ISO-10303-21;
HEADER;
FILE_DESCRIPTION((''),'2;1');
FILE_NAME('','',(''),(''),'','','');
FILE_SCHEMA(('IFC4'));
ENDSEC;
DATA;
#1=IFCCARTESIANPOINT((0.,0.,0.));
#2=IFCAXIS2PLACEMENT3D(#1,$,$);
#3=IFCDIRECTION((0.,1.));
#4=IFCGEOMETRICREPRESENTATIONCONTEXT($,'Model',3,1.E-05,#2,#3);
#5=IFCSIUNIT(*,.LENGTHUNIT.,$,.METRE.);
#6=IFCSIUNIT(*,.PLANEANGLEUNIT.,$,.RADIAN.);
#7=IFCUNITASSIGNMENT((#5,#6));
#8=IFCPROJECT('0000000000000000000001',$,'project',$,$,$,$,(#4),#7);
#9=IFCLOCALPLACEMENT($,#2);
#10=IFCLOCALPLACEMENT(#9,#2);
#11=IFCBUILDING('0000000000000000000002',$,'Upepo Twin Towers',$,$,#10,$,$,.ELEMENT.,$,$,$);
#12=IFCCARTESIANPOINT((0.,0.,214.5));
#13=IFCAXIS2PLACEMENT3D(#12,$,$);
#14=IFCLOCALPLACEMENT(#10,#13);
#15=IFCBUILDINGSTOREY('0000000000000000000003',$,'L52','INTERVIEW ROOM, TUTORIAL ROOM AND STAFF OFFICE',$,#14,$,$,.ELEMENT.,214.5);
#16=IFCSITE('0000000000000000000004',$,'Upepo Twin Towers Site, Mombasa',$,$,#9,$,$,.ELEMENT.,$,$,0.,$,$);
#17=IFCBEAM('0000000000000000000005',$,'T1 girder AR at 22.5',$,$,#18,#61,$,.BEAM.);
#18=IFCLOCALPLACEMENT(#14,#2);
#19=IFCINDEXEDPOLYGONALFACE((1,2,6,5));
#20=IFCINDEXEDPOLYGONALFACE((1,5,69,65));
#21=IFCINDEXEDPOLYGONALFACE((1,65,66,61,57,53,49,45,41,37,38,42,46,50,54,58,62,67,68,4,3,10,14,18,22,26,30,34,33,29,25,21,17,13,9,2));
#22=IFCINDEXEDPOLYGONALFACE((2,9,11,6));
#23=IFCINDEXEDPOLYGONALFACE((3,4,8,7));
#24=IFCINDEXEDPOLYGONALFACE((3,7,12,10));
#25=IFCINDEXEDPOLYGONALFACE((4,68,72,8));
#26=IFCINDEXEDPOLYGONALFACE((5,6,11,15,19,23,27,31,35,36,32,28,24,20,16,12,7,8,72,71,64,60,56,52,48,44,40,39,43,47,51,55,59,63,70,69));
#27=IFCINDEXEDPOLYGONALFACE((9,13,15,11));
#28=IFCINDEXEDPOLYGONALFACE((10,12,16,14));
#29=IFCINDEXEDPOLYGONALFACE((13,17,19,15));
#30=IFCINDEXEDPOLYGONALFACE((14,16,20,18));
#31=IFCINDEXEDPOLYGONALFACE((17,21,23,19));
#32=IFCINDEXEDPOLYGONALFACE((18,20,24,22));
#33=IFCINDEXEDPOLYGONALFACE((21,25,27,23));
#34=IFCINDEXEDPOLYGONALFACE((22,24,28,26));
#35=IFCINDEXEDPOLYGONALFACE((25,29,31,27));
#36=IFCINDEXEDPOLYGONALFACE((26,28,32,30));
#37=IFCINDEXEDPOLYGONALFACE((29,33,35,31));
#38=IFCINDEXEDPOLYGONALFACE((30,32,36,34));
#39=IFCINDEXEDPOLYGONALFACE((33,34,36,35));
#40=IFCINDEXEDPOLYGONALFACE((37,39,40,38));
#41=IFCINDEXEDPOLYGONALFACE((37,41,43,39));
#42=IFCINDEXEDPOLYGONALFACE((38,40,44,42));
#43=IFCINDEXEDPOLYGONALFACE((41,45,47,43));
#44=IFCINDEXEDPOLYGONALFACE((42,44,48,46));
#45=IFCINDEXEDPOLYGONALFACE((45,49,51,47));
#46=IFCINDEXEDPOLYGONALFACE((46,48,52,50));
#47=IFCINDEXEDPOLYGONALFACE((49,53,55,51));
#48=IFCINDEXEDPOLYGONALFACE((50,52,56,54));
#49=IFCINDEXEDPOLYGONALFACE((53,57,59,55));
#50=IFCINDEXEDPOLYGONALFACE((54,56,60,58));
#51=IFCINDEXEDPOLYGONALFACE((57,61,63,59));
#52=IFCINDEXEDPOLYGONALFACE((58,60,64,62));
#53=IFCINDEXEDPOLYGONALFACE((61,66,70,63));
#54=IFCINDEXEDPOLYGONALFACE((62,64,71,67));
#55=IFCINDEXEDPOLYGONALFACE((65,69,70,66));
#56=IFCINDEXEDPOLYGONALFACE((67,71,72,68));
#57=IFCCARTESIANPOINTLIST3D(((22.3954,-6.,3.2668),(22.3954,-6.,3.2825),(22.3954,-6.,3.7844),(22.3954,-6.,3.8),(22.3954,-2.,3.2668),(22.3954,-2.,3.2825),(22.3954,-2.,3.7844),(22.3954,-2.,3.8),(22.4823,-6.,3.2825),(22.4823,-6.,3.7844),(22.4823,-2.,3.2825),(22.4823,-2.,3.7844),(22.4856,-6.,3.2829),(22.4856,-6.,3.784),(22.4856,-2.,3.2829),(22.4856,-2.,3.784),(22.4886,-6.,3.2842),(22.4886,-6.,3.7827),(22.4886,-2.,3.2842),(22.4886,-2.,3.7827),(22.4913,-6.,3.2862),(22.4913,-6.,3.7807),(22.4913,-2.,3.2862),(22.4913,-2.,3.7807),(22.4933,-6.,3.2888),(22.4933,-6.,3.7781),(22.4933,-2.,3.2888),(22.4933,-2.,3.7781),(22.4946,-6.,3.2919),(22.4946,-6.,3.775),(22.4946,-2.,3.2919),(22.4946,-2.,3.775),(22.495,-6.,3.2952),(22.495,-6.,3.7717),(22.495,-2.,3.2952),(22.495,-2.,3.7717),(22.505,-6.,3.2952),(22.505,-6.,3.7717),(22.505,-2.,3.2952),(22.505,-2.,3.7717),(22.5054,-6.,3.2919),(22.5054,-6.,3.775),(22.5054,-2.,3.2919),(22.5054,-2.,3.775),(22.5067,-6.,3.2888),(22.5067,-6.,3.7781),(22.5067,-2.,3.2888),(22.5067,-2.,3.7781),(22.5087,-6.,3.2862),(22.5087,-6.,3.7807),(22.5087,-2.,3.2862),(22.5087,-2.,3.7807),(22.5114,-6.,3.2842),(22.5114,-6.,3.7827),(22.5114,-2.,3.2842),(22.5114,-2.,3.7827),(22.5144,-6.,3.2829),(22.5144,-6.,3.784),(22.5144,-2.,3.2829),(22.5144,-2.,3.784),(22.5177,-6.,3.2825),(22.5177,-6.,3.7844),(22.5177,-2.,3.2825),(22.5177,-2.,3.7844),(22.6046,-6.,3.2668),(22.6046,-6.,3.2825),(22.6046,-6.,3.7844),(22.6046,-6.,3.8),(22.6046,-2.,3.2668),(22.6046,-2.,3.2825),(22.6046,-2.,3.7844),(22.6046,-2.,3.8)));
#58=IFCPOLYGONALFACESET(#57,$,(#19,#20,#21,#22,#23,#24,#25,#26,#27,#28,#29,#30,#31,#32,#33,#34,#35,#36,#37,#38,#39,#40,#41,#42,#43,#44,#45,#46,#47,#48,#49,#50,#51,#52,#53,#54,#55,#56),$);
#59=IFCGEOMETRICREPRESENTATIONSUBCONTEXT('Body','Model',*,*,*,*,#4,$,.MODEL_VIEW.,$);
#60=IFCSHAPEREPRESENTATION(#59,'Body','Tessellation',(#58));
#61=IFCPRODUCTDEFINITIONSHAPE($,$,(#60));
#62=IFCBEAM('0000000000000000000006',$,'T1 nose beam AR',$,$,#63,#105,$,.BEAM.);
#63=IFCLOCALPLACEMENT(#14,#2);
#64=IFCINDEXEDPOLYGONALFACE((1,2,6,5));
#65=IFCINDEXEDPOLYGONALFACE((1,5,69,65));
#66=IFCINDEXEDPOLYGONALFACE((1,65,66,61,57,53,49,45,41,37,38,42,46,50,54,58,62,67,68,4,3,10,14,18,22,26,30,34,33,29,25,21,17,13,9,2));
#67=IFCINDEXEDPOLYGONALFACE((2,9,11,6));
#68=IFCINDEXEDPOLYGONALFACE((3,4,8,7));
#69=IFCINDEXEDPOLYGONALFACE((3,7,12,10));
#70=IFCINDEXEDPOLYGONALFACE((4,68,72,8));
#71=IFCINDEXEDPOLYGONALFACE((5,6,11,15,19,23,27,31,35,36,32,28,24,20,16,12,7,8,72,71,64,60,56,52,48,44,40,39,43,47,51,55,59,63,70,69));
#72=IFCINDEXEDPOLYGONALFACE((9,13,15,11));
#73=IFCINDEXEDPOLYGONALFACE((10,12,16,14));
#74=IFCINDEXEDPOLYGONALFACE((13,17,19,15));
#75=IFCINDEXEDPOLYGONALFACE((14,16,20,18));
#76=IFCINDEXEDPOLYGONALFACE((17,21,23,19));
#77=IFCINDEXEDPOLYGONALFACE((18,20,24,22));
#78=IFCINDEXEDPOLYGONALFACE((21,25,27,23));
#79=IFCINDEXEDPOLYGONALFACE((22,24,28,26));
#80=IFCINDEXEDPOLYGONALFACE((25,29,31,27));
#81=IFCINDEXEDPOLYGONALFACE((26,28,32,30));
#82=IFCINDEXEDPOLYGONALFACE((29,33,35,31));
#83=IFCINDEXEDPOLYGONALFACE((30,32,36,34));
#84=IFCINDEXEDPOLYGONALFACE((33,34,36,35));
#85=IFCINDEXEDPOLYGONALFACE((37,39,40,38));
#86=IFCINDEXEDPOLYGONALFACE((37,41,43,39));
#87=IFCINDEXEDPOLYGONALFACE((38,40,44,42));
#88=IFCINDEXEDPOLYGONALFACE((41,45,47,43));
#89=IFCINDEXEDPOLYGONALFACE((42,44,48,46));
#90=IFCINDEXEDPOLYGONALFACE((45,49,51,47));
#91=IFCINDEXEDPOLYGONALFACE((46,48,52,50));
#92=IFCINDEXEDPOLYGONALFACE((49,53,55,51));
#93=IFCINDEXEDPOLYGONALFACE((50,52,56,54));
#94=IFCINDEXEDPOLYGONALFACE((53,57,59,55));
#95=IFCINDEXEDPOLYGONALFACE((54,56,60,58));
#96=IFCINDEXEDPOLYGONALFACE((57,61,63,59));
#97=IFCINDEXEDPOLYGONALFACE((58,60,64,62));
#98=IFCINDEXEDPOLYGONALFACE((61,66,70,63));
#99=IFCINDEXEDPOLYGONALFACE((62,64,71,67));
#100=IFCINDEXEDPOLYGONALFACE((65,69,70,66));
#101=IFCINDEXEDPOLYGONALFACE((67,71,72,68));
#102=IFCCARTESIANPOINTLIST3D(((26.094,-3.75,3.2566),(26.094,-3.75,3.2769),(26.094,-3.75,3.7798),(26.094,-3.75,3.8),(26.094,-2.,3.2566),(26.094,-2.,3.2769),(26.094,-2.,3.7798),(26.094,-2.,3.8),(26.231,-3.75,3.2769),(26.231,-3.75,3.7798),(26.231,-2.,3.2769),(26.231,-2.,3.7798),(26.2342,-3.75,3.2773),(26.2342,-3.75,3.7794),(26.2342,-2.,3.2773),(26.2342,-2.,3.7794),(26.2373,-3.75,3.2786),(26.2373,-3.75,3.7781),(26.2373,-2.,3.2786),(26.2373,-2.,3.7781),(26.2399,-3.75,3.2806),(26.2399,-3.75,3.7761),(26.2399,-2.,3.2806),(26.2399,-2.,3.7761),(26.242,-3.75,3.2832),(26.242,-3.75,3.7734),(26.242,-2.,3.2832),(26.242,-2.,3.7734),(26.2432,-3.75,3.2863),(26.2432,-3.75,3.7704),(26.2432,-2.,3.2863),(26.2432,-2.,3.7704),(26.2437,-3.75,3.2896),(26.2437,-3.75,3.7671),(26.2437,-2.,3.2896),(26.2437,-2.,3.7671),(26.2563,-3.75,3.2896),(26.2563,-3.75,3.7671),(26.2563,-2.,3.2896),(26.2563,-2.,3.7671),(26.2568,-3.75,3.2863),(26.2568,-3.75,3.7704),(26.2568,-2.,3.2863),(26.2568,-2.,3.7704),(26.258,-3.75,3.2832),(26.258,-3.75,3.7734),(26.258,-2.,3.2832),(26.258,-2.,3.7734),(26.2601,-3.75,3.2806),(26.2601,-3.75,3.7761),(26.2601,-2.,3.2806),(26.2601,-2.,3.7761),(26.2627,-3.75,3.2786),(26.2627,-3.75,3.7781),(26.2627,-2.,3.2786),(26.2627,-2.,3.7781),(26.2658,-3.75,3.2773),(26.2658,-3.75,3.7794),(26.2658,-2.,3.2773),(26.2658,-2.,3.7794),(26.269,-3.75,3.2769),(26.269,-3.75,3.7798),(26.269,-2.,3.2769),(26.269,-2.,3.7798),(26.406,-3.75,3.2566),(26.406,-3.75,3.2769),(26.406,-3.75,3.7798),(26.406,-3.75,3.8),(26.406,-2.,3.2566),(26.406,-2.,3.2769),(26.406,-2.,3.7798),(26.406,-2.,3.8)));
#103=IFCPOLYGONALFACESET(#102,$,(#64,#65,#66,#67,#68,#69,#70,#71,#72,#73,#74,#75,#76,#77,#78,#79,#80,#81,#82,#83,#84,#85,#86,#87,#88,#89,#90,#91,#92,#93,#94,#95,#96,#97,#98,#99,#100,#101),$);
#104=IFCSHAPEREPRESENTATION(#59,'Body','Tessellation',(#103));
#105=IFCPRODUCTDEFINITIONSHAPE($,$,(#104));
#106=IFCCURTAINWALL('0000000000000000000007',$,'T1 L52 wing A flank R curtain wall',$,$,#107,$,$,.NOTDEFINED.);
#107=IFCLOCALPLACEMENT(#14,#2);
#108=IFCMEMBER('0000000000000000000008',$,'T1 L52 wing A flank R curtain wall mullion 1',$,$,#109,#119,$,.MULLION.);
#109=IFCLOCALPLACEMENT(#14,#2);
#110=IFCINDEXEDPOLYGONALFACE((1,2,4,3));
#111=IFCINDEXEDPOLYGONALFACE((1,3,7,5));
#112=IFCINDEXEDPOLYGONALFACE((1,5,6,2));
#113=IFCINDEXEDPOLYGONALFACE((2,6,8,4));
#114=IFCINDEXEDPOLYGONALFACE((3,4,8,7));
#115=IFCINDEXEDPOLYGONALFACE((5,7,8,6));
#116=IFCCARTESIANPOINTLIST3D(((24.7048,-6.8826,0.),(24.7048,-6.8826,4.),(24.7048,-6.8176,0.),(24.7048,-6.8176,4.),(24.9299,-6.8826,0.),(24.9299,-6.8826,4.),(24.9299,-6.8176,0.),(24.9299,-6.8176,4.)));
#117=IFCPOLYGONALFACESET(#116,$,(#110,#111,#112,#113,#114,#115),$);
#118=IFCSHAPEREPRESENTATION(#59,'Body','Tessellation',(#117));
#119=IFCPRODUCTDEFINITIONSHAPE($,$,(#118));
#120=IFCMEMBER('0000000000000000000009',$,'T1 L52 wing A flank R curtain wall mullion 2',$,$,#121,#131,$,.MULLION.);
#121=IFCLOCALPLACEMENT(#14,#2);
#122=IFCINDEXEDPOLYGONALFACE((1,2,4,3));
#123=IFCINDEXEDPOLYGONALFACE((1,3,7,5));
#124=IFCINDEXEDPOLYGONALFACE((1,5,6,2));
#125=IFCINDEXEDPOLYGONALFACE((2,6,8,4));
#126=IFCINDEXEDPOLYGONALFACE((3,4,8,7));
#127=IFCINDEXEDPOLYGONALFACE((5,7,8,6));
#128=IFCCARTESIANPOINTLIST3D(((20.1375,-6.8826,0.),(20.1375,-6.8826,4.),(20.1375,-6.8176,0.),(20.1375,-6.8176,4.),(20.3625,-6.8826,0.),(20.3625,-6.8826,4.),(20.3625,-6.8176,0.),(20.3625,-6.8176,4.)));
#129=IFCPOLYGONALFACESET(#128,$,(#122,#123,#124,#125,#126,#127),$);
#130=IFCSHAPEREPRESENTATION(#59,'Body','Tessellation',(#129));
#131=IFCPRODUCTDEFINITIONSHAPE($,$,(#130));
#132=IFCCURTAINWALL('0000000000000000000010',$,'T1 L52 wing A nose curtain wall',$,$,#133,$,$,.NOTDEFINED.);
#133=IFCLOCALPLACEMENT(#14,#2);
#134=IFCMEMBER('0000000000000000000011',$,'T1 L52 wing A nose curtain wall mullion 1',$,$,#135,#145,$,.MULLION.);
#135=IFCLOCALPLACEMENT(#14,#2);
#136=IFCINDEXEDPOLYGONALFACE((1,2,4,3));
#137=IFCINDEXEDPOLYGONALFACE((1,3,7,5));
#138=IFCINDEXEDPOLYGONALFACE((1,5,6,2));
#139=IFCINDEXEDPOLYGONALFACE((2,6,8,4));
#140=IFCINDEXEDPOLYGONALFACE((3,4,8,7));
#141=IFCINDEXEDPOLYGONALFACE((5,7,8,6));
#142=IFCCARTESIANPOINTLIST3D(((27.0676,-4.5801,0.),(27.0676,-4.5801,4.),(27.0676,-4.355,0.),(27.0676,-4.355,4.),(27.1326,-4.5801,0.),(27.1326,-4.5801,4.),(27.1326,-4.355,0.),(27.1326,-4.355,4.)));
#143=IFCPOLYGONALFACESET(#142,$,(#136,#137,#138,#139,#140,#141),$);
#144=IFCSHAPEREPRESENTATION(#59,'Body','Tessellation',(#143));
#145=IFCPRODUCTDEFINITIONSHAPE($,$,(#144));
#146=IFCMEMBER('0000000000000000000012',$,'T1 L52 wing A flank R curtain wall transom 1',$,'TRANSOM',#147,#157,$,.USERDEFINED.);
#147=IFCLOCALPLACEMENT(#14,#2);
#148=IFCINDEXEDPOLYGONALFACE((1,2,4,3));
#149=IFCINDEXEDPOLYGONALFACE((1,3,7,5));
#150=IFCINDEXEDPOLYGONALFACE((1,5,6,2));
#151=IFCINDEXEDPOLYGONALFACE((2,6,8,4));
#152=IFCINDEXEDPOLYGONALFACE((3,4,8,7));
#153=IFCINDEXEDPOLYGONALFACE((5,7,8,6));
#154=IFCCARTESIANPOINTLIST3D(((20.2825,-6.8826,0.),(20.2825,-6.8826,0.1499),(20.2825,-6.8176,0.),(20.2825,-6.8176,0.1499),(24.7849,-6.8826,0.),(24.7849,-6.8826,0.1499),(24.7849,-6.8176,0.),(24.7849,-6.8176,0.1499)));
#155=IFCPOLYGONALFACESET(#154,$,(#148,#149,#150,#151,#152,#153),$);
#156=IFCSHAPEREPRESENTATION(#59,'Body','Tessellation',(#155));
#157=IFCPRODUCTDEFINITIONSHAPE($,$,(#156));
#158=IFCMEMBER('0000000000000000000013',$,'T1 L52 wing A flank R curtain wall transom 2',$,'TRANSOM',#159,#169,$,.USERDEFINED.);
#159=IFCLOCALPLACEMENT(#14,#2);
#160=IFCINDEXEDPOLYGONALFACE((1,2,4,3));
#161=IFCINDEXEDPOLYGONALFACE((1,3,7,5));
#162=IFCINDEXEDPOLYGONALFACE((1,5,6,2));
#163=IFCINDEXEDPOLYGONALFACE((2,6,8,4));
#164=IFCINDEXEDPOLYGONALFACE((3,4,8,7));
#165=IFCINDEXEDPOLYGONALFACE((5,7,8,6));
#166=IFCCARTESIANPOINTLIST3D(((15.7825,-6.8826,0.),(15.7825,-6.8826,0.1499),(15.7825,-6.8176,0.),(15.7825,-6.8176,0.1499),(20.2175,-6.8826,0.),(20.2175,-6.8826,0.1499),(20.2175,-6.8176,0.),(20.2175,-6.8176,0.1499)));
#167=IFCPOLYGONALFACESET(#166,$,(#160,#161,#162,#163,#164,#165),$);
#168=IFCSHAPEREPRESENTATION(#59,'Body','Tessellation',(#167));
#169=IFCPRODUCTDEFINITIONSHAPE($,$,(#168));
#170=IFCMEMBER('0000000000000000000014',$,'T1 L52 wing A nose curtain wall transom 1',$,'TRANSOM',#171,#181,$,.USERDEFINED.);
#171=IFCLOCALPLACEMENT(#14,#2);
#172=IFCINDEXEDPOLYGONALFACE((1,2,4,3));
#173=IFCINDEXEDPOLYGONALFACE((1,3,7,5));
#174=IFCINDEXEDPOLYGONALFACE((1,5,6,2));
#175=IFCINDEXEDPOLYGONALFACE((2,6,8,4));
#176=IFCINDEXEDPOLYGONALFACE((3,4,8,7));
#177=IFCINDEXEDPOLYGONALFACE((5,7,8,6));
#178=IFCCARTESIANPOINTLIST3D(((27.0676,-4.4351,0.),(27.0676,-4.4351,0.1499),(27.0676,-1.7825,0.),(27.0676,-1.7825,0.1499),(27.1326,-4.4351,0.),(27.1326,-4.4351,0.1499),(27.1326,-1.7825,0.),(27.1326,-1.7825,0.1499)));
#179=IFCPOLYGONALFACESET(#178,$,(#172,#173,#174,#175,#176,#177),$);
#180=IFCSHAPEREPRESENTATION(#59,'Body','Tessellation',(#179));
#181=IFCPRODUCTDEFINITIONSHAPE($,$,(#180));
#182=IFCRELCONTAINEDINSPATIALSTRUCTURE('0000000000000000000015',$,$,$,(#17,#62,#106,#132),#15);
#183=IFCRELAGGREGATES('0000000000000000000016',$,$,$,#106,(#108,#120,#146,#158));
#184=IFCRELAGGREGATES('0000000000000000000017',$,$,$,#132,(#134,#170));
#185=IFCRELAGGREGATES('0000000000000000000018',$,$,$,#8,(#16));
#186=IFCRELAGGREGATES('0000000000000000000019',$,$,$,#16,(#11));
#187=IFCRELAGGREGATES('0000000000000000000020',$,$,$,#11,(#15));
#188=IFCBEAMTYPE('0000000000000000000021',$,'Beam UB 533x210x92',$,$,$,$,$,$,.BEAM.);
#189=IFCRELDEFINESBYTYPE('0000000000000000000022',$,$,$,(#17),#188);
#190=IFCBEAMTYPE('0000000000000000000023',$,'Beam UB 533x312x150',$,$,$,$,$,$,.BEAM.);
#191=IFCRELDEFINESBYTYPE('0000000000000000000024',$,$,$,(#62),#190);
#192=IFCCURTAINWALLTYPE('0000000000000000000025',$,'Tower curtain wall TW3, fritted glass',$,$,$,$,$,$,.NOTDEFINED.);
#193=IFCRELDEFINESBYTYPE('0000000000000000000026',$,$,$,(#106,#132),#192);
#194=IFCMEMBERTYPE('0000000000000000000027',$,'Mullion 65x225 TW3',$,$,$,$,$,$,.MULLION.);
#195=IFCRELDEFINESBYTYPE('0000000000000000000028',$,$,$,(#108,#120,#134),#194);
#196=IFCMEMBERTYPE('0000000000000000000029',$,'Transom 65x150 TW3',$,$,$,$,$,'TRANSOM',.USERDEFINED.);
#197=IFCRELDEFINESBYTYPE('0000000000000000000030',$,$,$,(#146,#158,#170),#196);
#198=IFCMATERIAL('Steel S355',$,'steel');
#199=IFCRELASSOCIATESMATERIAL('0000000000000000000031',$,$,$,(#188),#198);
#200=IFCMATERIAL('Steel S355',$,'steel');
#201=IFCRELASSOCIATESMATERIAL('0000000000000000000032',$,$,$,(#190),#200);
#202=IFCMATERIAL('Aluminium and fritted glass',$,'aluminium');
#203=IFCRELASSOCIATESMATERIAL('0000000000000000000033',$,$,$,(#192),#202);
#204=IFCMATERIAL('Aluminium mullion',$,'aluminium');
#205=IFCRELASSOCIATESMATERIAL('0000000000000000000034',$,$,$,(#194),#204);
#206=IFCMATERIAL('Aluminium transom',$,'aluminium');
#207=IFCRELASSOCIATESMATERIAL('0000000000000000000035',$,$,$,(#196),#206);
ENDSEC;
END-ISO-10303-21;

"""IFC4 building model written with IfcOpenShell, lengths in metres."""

from ifc_helpers import new_model, si_unit, direction, frame, origin, origin_2d, place, context, subcontext, project, spatial, rectangle, i_section, extrude, material, material_profile, profile_set, type_object, element, aggregate, save


model = new_model("IFC4")

# Units and contexts
model_context = context("Model", 3, precision=1e-05, world=origin(), true_north=direction((0.0, 1.0)))
body_context = subcontext(model_context, "Body", "Model", "MODEL_VIEW")
ifc_project = project(units=[si_unit("LENGTHUNIT", "METRE"), si_unit("PLANEANGLEUNIT", "RADIAN")], contexts=[model_context])

# Site, building, storey
site_placement = place(None, origin())
site = spatial("IfcSite", under=ifc_project, at=site_placement, Name="Upepo Twin Towers Site, Mombasa", CompositionType="ELEMENT", RefElevation=0.0)
building_placement = place(site_placement, origin())
building = spatial("IfcBuilding", under=site, at=building_placement, Name="Upepo Twin Towers", CompositionType="ELEMENT")
storey_placement = place(building_placement, frame((0.0, 0.0, 214.5)))
storey = spatial("IfcBuildingStorey", under=building, at=storey_placement, Name="L52", Description="INTERVIEW ROOM, TUTORIAL ROOM AND STAFF OFFICE", CompositionType="ELEMENT", Elevation=214.5)

# Beams
ifc_material_1 = material(Name="Steel S355", Category="steel")
ifc_material_profile_1 = material_profile(ifc_material_1, i_section(OverallWidth=0.2092, OverallDepth=0.5332, WebThickness=0.01, FlangeThickness=0.0156, FilletRadius=0.0127, at=origin_2d()), Name="UB 533x210x92")
ifc_profile_set_1 = profile_set([ifc_material_profile_1], Name="Steel S355")
beam_type_1 = type_object("IfcBeamType", Name="Beam UB 533x210x92", PredefinedType="BEAM", material=ifc_profile_set_1)
for number, where, z_axis, x_axis, name in (
    (1, (22.5, -6.0, 3.5334), (0.0, 1.0, 0.0), (-1.0, 0.0, 0.0), "T1 girder AR at 22.5"),
):
    element("IfcBeam", number, at=place(storey_placement, frame(where, z_axis=z_axis, x_axis=x_axis)), inside=storey, type_object=beam_type_1, Name=name, PredefinedType="BEAM", context=body_context, shape_type="SweptSolid", body=[
        extrude(i_section(OverallWidth=0.2092, OverallDepth=0.5332, WebThickness=0.01, FlangeThickness=0.0156, FilletRadius=0.0127, at=origin_2d()), origin(), (0.0, 0.0, 1.0), 4.0),
    ])
ifc_material_2 = material(Name="Steel S355", Category="steel")
ifc_material_profile_2 = material_profile(ifc_material_2, i_section(OverallWidth=0.312, OverallDepth=0.5435, WebThickness=0.0127, FlangeThickness=0.0203, FilletRadius=0.0127, at=origin_2d()), Name="UB 533x312x150")
ifc_profile_set_2 = profile_set([ifc_material_profile_2], Name="Steel S355")
beam_type_2 = type_object("IfcBeamType", Name="Beam UB 533x312x150", PredefinedType="BEAM", material=ifc_profile_set_2)
beam_1_placement = place(storey_placement, frame((26.25, -3.75, 3.5283), z_axis=(0.0, 1.0, 0.0), x_axis=(-1.0, 0.0, 0.0)))
element("IfcBeam", 2, at=beam_1_placement, inside=storey, type_object=beam_type_2, Name="T1 nose beam AR", PredefinedType="BEAM", context=body_context, shape_type="SweptSolid", body=[
    extrude(i_section(OverallWidth=0.312, OverallDepth=0.5435, WebThickness=0.0127, FlangeThickness=0.0203, FilletRadius=0.0127, at=origin_2d()), origin(), (0.0, 0.0, 1.0), 1.75),
])

# Curtain wall, members
ifc_material_3 = material(Name="Aluminium and fritted glass", Category="aluminium")
curtain_wall_type = type_object("IfcCurtainWallType", Name="Tower curtain wall TW3, fritted glass", PredefinedType="NOTDEFINED", material=ifc_material_3)
curtain_wall_1_placement = place(storey_placement, origin())
curtain_wall_1 = element("IfcCurtainWall", 3, at=curtain_wall_1_placement, inside=storey, type_object=curtain_wall_type, Name="T1 L52 wing A flank R curtain wall", PredefinedType="NOTDEFINED")
ifc_material_4 = material(Name="Aluminium mullion", Category="aluminium")
ifc_material_profile_3 = material_profile(ifc_material_4, rectangle(XDim=0.0649, YDim=0.2251, at=origin_2d()), Name="MULLION 65x225")
ifc_profile_set_3 = profile_set([ifc_material_profile_3], Name="Aluminium mullion")
member_type_1 = type_object("IfcMemberType", Name="Mullion 65x225 TW3", PredefinedType="MULLION", material=ifc_profile_set_3)
member_1_placement = place(storey_placement, frame((24.8174, -6.8501, 0.0), z_axis=(0.0, 0.0, 1.0), x_axis=(0.0, -1.0, 0.0)))
member_1 = element("IfcMember", 4, at=member_1_placement, type_object=member_type_1, Name="T1 L52 wing A flank R curtain wall mullion 1", PredefinedType="MULLION", context=body_context, shape_type="SweptSolid", body=[
    extrude(rectangle(XDim=0.0649, YDim=0.2251, at=origin_2d()), origin(), (0.0, 0.0, 1.0), 4.0),
])
member_2_placement = place(storey_placement, frame((20.25, -6.8501, 0.0), z_axis=(0.0, 0.0, 1.0), x_axis=(0.0, -1.0, 0.0)))
member_2 = element("IfcMember", 5, at=member_2_placement, type_object=member_type_1, Name="T1 L52 wing A flank R curtain wall mullion 2", PredefinedType="MULLION", context=body_context, shape_type="SweptSolid", body=[
    extrude(rectangle(XDim=0.0649, YDim=0.2251, at=origin_2d()), origin(), (0.0, 0.0, 1.0), 4.0),
])

# Curtain wall, member
curtain_wall_2_placement = place(storey_placement, origin())
curtain_wall_2 = element("IfcCurtainWall", 6, at=curtain_wall_2_placement, inside=storey, type_object=curtain_wall_type, Name="T1 L52 wing A nose curtain wall", PredefinedType="NOTDEFINED")
member_3_placement = place(storey_placement, frame((27.1001, -4.4675, 0.0), z_axis=(0.0, 0.0, 1.0), x_axis=(-1.0, 0.0, 0.0)))
member_3 = element("IfcMember", 7, at=member_3_placement, type_object=member_type_1, Name="T1 L52 wing A nose curtain wall mullion 1", PredefinedType="MULLION", context=body_context, shape_type="SweptSolid", body=[
    extrude(rectangle(XDim=0.0649, YDim=0.2251, at=origin_2d()), origin(), (0.0, 0.0, 1.0), 4.0),
])

# Members
ifc_material_5 = material(Name="Aluminium transom", Category="aluminium")
ifc_material_profile_4 = material_profile(ifc_material_5, rectangle(XDim=0.0649, YDim=0.1499, at=origin_2d()), Name="TRANSOM 65x150")
ifc_profile_set_4 = profile_set([ifc_material_profile_4], Name="Aluminium transom")
member_type_2 = type_object("IfcMemberType", Name="Transom 65x150 TW3", ElementType="TRANSOM", PredefinedType="USERDEFINED", material=ifc_profile_set_4)
member_4_placement = place(storey_placement, frame((24.7849, -6.8501, 0.075), z_axis=(-1.0, 0.0, 0.0), x_axis=(0.0, -1.0, 0.0)))
member_4 = element("IfcMember", 8, at=member_4_placement, type_object=member_type_2, Name="T1 L52 wing A flank R curtain wall transom 1", ObjectType="TRANSOM", PredefinedType="USERDEFINED", context=body_context, shape_type="SweptSolid", body=[
    extrude(rectangle(XDim=0.0649, YDim=0.1499, at=origin_2d()), origin(), (0.0, 0.0, 1.0), 4.5024),
])
member_5_placement = place(storey_placement, frame((20.2175, -6.8501, 0.075), z_axis=(-1.0, 0.0, 0.0), x_axis=(0.0, -1.0, 0.0)))
member_5 = element("IfcMember", 9, at=member_5_placement, type_object=member_type_2, Name="T1 L52 wing A flank R curtain wall transom 2", ObjectType="TRANSOM", PredefinedType="USERDEFINED", context=body_context, shape_type="SweptSolid", body=[
    extrude(rectangle(XDim=0.0649, YDim=0.1499, at=origin_2d()), origin(), (0.0, 0.0, 1.0), 4.4351),
])
member_6_placement = place(storey_placement, frame((27.1001, -4.4351, 0.075), z_axis=(0.0, 1.0, 0.0), x_axis=(-1.0, 0.0, 0.0)))
member_6 = element("IfcMember", 10, at=member_6_placement, type_object=member_type_2, Name="T1 L52 wing A nose curtain wall transom 1", ObjectType="TRANSOM", PredefinedType="USERDEFINED", context=body_context, shape_type="SweptSolid", body=[
    extrude(rectangle(XDim=0.0649, YDim=0.1499, at=origin_2d()), origin(), (0.0, 0.0, 1.0), 2.6526),
])

aggregate(curtain_wall_1, [member_1, member_2, member_4, member_5])
aggregate(curtain_wall_2, [member_3, member_6])

save(model, "model.ifc")
